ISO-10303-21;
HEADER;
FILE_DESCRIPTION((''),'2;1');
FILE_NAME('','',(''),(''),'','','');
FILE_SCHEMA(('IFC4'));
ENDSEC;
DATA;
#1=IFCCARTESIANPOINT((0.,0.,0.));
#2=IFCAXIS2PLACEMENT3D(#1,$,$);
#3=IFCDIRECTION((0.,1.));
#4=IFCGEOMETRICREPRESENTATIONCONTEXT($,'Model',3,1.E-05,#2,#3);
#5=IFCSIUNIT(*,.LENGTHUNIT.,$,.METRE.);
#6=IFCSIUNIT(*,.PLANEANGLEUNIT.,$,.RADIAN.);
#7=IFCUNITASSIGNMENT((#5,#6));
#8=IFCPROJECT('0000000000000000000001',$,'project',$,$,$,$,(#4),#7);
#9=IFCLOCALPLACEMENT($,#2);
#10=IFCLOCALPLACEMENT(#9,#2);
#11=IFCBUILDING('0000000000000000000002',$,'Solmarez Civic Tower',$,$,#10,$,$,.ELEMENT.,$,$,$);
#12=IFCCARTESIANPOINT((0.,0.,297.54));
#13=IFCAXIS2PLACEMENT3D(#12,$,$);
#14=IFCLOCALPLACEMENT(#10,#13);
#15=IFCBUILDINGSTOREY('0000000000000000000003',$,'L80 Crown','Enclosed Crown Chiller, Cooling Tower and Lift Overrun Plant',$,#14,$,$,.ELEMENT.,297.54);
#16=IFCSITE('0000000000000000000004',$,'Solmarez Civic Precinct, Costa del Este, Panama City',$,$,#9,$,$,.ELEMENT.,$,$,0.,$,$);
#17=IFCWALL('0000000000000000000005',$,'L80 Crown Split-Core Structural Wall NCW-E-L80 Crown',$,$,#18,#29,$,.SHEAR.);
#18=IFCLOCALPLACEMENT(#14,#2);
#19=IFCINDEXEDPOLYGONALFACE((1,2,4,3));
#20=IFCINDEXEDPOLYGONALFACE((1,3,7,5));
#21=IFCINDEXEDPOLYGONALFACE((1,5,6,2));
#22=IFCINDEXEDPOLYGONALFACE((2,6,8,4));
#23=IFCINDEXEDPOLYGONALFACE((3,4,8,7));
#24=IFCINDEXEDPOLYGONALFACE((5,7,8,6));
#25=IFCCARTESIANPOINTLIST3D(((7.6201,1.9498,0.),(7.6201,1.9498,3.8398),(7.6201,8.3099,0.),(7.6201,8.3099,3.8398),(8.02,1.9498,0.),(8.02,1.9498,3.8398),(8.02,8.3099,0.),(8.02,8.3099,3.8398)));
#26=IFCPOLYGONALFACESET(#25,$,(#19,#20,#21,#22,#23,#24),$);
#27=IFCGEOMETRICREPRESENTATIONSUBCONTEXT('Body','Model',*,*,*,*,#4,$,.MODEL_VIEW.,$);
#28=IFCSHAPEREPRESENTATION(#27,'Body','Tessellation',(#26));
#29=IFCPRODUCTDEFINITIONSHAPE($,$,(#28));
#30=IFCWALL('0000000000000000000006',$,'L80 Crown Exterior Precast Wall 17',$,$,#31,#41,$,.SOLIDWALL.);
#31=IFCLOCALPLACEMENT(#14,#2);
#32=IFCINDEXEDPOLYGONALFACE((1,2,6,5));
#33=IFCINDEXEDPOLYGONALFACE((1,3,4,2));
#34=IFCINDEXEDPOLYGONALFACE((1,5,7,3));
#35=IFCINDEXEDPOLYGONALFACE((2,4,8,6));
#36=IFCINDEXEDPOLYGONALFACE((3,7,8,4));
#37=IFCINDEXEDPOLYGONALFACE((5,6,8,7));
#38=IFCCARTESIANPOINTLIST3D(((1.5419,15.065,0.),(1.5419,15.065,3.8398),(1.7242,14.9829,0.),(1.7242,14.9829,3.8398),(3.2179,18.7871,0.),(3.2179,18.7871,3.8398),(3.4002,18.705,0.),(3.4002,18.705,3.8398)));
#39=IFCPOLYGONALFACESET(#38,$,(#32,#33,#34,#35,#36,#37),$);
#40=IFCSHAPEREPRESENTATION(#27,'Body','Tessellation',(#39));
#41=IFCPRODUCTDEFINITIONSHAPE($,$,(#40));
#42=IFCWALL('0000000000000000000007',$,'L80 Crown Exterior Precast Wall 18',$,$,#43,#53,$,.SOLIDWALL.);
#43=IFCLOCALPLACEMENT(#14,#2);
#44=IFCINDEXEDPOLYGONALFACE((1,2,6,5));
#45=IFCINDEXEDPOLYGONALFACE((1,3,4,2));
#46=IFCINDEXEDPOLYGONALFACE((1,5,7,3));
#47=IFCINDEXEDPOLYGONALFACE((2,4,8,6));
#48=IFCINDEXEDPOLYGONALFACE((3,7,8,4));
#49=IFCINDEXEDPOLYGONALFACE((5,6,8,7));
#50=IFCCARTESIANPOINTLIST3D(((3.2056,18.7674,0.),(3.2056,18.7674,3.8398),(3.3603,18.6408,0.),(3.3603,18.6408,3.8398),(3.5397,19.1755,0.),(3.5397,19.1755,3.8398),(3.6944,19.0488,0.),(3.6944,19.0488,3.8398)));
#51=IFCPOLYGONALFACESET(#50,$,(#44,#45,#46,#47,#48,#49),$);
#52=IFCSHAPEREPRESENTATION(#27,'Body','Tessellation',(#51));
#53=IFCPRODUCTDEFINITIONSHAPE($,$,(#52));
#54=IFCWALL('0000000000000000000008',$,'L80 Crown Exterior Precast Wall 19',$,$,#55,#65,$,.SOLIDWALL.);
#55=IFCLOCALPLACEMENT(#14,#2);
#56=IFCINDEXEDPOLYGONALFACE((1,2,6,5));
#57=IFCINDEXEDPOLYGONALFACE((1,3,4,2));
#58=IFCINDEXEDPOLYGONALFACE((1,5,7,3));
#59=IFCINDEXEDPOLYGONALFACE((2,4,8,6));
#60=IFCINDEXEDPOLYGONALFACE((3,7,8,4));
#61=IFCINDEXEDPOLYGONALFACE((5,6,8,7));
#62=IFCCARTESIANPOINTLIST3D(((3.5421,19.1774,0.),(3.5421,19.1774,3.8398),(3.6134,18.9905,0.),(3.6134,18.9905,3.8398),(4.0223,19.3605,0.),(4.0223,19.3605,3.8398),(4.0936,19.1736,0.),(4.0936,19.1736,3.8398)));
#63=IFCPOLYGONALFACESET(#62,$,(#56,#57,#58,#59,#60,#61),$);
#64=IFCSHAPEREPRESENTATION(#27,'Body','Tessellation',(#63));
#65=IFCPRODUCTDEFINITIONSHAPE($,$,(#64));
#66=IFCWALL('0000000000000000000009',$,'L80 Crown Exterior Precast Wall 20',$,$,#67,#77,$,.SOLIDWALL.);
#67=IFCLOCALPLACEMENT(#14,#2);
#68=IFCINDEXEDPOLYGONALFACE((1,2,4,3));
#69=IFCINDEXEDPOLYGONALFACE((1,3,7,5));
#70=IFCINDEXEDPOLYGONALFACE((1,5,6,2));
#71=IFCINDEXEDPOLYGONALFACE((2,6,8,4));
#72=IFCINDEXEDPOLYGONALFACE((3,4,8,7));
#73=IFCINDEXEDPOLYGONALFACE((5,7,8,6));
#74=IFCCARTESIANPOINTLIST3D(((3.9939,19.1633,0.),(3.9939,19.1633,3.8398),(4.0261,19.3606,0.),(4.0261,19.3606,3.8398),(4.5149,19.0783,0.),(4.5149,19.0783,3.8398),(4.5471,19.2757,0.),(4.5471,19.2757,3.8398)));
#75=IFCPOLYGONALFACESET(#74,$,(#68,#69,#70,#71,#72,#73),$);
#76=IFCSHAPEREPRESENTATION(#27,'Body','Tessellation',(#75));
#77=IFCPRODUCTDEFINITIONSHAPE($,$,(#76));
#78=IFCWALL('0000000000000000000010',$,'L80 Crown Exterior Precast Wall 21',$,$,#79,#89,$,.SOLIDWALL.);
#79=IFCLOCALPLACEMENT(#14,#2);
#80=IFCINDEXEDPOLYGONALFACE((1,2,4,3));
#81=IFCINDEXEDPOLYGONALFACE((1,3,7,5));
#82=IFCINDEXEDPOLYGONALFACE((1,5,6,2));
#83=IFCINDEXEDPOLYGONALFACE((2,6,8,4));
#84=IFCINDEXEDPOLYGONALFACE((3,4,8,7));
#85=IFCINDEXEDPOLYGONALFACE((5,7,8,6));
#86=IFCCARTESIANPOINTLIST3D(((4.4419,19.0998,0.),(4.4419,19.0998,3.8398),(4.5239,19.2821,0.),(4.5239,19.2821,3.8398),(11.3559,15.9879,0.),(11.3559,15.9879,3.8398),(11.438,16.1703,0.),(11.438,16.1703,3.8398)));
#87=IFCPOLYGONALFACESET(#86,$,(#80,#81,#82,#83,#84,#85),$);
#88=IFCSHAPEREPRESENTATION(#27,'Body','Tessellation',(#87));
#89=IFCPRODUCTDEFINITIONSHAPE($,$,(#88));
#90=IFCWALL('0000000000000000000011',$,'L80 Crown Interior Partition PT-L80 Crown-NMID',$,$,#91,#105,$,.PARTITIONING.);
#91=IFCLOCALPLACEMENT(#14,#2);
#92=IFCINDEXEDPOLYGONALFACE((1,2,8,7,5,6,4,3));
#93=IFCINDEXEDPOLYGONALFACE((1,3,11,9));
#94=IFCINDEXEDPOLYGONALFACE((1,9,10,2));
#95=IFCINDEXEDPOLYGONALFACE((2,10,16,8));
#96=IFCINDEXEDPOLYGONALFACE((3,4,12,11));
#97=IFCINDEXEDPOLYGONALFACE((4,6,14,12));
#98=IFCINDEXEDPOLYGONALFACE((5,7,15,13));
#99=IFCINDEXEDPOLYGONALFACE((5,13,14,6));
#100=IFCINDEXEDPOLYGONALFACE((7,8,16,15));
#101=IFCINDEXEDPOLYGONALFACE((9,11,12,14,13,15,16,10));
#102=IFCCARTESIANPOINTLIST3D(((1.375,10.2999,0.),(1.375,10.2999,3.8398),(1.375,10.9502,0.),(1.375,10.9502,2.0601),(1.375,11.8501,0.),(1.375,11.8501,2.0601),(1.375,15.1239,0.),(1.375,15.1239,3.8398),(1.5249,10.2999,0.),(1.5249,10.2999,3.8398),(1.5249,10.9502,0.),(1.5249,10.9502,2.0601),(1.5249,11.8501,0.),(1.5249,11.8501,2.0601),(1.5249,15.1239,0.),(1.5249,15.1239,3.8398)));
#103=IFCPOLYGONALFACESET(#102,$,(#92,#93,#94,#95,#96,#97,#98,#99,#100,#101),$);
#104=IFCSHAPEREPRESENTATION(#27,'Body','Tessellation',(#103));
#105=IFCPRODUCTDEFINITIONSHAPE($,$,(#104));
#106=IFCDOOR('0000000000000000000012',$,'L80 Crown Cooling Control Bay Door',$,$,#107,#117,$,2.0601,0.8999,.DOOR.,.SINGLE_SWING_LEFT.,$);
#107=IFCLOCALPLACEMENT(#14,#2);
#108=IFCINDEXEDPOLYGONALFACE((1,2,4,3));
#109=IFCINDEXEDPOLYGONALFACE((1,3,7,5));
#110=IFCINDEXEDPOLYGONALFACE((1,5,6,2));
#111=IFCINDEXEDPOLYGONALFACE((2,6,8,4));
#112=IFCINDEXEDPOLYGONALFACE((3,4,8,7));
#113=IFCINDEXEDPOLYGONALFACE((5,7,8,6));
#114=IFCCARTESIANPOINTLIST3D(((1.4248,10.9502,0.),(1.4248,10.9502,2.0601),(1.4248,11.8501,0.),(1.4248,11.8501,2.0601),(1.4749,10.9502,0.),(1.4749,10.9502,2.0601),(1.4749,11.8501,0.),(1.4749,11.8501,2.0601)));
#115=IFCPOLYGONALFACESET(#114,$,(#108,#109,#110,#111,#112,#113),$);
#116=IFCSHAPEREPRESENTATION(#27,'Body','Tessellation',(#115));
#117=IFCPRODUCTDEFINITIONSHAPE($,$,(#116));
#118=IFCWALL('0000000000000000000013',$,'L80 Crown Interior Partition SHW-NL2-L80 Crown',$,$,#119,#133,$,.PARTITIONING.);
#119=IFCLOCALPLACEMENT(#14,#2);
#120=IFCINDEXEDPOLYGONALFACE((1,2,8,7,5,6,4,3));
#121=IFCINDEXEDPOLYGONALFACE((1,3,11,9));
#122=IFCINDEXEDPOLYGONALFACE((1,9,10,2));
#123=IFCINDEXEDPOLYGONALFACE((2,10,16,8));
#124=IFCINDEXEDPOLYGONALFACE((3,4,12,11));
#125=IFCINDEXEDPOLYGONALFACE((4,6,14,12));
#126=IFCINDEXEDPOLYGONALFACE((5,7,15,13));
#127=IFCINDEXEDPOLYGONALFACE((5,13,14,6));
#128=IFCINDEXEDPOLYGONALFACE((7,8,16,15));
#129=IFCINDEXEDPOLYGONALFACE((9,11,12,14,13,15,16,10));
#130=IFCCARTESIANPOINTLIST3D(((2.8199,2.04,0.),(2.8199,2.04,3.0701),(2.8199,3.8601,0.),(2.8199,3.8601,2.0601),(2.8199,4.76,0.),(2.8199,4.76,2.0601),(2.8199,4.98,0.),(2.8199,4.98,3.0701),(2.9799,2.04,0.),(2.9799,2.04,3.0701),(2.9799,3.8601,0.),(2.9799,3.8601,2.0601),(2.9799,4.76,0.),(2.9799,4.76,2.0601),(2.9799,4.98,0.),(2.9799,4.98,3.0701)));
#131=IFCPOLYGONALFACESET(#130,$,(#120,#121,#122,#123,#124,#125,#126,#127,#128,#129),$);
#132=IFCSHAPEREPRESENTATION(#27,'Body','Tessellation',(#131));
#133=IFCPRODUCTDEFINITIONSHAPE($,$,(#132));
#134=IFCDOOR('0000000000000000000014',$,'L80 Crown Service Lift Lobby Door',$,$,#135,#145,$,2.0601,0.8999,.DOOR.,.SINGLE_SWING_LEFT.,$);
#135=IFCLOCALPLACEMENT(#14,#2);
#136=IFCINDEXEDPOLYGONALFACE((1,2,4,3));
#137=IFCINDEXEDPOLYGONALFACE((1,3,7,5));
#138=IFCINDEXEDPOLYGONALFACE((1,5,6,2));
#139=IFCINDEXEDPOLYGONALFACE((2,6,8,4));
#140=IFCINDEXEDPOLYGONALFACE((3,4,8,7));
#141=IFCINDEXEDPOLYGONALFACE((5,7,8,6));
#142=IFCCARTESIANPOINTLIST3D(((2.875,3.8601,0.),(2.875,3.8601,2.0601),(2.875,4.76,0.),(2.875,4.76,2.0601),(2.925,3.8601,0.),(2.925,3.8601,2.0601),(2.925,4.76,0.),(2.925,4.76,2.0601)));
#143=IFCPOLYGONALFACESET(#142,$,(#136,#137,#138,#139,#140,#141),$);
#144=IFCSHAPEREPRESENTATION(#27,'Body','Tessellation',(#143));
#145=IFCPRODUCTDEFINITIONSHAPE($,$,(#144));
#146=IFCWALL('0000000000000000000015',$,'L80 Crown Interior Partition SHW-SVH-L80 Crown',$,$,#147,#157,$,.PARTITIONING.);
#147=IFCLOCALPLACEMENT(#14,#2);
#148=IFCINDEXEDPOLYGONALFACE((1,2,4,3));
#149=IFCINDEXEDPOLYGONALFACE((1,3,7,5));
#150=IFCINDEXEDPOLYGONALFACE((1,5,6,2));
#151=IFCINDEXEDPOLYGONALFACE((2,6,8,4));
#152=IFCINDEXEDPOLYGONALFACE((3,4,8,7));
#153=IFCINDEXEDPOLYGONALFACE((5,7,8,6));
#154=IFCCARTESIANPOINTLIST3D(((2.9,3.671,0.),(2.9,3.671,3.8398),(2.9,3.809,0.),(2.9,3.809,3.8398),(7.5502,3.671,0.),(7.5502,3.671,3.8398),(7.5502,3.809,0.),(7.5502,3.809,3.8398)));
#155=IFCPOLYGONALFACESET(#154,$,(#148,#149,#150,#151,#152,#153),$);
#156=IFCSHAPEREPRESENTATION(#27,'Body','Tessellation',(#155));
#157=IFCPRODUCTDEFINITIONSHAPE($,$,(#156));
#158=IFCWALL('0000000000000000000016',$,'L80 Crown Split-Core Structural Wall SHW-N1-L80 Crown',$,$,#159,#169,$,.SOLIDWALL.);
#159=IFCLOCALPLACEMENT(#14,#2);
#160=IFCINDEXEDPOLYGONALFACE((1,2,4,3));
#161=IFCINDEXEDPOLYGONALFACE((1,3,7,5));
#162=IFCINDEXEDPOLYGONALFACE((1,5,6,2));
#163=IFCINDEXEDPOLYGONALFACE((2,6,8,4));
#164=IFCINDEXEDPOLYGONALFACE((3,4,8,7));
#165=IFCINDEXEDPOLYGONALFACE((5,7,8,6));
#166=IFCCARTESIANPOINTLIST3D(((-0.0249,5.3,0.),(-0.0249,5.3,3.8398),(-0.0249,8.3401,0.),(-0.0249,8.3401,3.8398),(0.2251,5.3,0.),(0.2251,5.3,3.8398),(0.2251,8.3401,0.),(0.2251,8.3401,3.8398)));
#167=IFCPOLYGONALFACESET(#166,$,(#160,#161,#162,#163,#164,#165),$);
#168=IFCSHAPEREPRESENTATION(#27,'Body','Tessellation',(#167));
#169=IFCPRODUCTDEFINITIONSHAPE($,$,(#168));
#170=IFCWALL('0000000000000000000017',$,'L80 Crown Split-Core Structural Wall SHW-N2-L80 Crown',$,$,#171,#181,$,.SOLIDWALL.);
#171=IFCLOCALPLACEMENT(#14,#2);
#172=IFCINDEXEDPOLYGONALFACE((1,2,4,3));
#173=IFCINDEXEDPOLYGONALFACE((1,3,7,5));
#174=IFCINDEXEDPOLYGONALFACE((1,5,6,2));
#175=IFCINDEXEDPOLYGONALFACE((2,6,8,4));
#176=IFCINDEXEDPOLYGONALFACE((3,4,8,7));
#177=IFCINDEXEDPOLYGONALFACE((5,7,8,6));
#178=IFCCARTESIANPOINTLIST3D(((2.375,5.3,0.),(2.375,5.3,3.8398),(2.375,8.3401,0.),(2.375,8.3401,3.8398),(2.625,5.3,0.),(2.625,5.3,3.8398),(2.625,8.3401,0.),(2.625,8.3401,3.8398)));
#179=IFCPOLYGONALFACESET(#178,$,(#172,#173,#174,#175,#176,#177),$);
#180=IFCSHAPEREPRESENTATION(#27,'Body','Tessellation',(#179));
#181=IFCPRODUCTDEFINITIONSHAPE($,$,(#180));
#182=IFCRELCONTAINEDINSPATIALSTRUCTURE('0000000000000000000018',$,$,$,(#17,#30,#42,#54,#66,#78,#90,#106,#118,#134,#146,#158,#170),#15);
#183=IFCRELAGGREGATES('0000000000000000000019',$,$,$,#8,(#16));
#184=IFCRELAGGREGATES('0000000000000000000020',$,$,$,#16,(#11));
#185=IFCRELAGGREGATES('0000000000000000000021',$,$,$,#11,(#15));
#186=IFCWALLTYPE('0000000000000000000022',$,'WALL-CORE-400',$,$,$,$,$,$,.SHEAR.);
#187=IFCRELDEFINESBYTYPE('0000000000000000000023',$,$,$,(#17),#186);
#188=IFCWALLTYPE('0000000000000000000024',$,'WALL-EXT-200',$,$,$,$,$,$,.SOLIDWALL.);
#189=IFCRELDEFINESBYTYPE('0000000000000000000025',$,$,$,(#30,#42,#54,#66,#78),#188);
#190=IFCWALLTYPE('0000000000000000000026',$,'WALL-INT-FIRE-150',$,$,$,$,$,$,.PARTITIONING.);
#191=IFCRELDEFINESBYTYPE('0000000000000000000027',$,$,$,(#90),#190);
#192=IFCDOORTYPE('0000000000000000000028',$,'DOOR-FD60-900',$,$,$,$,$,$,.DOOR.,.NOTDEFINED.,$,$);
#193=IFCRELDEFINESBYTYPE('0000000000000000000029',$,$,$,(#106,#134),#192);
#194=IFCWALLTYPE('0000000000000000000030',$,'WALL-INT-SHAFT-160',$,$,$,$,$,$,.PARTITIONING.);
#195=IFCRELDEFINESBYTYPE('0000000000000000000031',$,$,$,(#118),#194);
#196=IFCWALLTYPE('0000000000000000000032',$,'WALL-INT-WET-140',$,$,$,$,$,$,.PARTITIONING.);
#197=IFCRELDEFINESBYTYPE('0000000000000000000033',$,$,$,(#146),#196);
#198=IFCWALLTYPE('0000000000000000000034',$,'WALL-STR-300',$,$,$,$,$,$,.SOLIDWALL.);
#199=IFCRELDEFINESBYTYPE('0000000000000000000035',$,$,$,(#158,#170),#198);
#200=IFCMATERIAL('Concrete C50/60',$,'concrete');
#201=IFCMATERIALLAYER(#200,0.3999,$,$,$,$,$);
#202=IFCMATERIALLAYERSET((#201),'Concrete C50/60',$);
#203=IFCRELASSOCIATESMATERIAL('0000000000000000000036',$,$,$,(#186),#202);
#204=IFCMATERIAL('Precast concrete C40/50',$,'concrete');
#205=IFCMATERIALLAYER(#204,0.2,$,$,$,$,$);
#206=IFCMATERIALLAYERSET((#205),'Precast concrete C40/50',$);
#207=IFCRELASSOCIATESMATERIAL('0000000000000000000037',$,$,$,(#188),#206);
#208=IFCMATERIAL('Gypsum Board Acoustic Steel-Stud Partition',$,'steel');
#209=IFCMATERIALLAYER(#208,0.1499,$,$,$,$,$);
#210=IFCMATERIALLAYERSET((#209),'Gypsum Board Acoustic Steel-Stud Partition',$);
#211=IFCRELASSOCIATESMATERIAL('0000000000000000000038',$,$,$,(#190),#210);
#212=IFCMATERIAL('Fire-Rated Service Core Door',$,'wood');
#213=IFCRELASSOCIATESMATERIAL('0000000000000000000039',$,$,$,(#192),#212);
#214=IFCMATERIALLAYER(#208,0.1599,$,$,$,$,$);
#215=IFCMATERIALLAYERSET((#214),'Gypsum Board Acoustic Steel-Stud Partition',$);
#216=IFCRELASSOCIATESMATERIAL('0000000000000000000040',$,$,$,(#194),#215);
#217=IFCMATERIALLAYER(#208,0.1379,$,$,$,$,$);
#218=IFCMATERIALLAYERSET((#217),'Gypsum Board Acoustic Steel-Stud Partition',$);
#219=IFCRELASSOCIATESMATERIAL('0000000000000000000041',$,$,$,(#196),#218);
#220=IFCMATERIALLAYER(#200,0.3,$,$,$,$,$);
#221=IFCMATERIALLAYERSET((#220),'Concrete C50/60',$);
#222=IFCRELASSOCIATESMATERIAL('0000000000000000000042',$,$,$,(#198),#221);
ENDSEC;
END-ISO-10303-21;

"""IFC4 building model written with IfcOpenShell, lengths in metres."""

from ifc_helpers import new_model, si_unit, direction, frame, frame_2d, origin, place, context, subcontext, project, spatial, rectangle, extrude, material, layer, layer_set, type_object, element, fill, save


model = new_model("IFC4")

# Units and contexts
model_context = context("Model", 3, precision=1e-05, world=origin(), true_north=direction((0.0, 1.0)))
body_context = subcontext(model_context, "Body", "Model", "MODEL_VIEW")
ifc_project = project(units=[si_unit("LENGTHUNIT", "METRE"), si_unit("PLANEANGLEUNIT", "RADIAN")], contexts=[model_context])

# Site, building, storey
site_placement = place(None, origin())
site = spatial("IfcSite", under=ifc_project, at=site_placement, Name="Solmarez Civic Precinct, Costa del Este, Panama City", CompositionType="ELEMENT", RefElevation=0.0)
building_placement = place(site_placement, origin())
building = spatial("IfcBuilding", under=site, at=building_placement, Name="Solmarez Civic Tower", CompositionType="ELEMENT")
storey_placement = place(building_placement, frame((0.0, 0.0, 297.54)))
storey = spatial("IfcBuildingStorey", under=building, at=storey_placement, Name="L80 Crown", Description="Enclosed Crown Chiller, Cooling Tower and Lift Overrun Plant", CompositionType="ELEMENT", Elevation=297.54)

# Walls
ifc_material_1 = material(Name="Concrete C50/60", Category="concrete")
ifc_layer_1 = layer(ifc_material_1, 0.3999)
ifc_layer_set_1 = layer_set([ifc_layer_1], Name="Concrete C50/60")
wall_type_1 = type_object("IfcWallType", Name="WALL-CORE-400", PredefinedType="SHEAR", material=ifc_layer_set_1)
wall_1_placement = place(storey_placement, frame((7.8201, 8.3101, 0.0), z_axis=(0.0, 0.0, 1.0), x_axis=(0.0, -1.0, 0.0)))
element("IfcWall", 1, at=wall_1_placement, inside=storey, type_object=wall_type_1, Name="L80 Crown Split-Core Structural Wall NCW-E-L80 Crown", PredefinedType="SHEAR", context=body_context, shape_type="SweptSolid", body=[
    extrude(rectangle(XDim=6.3601, YDim=0.3999, at=frame_2d((3.1802, 0.0))), origin(), (0.0, 0.0, 1.0), 3.8398),
])
ifc_material_2 = material(Name="Precast concrete C40/50", Category="concrete")
ifc_layer_2 = layer(ifc_material_2, 0.2)
ifc_layer_set_2 = layer_set([ifc_layer_2], Name="Precast concrete C40/50")
wall_type_2 = type_object("IfcWallType", Name="WALL-EXT-200", PredefinedType="SOLIDWALL", material=ifc_layer_set_2)
wall_2_placement = place(storey_placement, frame((1.6331, 15.0239, 0.0), z_axis=(0.0, 0.0, 1.0), x_axis=(0.410579, 0.911825, 0.0)))
element("IfcWall", 2, at=wall_2_placement, inside=storey, type_object=wall_type_2, Name="L80 Crown Exterior Precast Wall 17", PredefinedType="SOLIDWALL", context=body_context, shape_type="SweptSolid", body=[
    extrude(rectangle(XDim=4.082, YDim=0.2, at=frame_2d((2.041, 0.0))), origin(), (0.0, 0.0, 1.0), 3.8398),
])
wall_3_placement = place(storey_placement, frame((3.283, 18.7041, 0.0), z_axis=(0.0, 0.0, 1.0), x_axis=(0.633465, 0.773772, 0.0)))
element("IfcWall", 3, at=wall_3_placement, inside=storey, type_object=wall_type_2, Name="L80 Crown Exterior Precast Wall 18", PredefinedType="SOLIDWALL", context=body_context, shape_type="SweptSolid", body=[
    extrude(rectangle(XDim=0.5273, YDim=0.2, at=frame_2d((0.2637, 0.0))), origin(), (0.0, 0.0, 1.0), 3.8398),
])
wall_4_placement = place(storey_placement, frame((3.5779, 19.084, 0.0), z_axis=(0.0, 0.0, 1.0), x_axis=(0.934382, 0.356272, 0.0)))
element("IfcWall", 4, at=wall_4_placement, inside=storey, type_object=wall_type_2, Name="L80 Crown Exterior Precast Wall 19", PredefinedType="SOLIDWALL", context=body_context, shape_type="SweptSolid", body=[
    extrude(rectangle(XDim=0.5139, YDim=0.2, at=frame_2d((0.2568, 0.0))), origin(), (0.0, 0.0, 1.0), 3.8398),
])
wall_5_placement = place(storey_placement, frame((4.01, 19.262, 0.0), z_axis=(0.0, 0.0, 1.0), x_axis=(0.986963, -0.160948, 0.0)))
element("IfcWall", 5, at=wall_5_placement, inside=storey, type_object=wall_type_2, Name="L80 Crown Exterior Precast Wall 20", PredefinedType="SOLIDWALL", context=body_context, shape_type="SweptSolid", body=[
    extrude(rectangle(XDim=0.5278, YDim=0.2, at=frame_2d((0.2639, 0.0))), origin(), (0.0, 0.0, 1.0), 3.8398),
])
wall_6_placement = place(storey_placement, frame((4.4829, 19.1909, 0.0), z_axis=(0.0, 0.0, 1.0), x_axis=(0.911897, -0.410418, 0.0)))
element("IfcWall", 6, at=wall_6_placement, inside=storey, type_object=wall_type_2, Name="L80 Crown Exterior Precast Wall 21", PredefinedType="SOLIDWALL", context=body_context, shape_type="SweptSolid", body=[
    extrude(rectangle(XDim=7.582, YDim=0.2, at=frame_2d((3.791, 0.0))), origin(), (0.0, 0.0, 1.0), 3.8398),
])

# Walls, openings, doors
ifc_material_3 = material(Name="Gypsum Board Acoustic Steel-Stud Partition", Category="steel")
ifc_layer_3 = layer(ifc_material_3, 0.1499)
ifc_layer_set_3 = layer_set([ifc_layer_3], Name="Gypsum Board Acoustic Steel-Stud Partition")
wall_type_3 = type_object("IfcWallType", Name="WALL-INT-FIRE-150", PredefinedType="PARTITIONING", material=ifc_layer_set_3)
wall_7_placement = place(storey_placement, frame((1.45, 15.124, 0.0), z_axis=(0.0, 0.0, 1.0), x_axis=(0.0, -1.0, 0.0)))
wall_7 = element("IfcWall", 7, at=wall_7_placement, inside=storey, type_object=wall_type_3, Name="L80 Crown Interior Partition PT-L80 Crown-NMID", PredefinedType="PARTITIONING", context=body_context, shape_type="SweptSolid", body=[
    extrude(rectangle(XDim=4.824, YDim=0.1499, at=frame_2d((2.4121, 0.0))), origin(), (0.0, 0.0, 1.0), 3.8398),
])
opening_1_placement = place(wall_7_placement, frame((3.2739, 0.0, 0.0)))
opening_1 = element("IfcOpeningElement", 8, at=opening_1_placement, cuts=wall_7, PredefinedType="OPENING", context=body_context, shape_type="SweptSolid", body=[
    extrude(rectangle(XDim=0.8999, YDim=2.0601, at=frame_2d((0.45, 1.03))), frame((0.0, 0.085, 0.0), z_axis=(0.0, -1.0, 0.0), x_axis=(1.0, 0.0, 0.0)), (0.0, 0.0, 1.0), 0.1699),
])
ifc_material_4 = material(Name="Fire-Rated Service Core Door", Category="wood")
door_type_1 = type_object("IfcDoorType", Name="DOOR-FD60-900", OperationType="NOTDEFINED", PredefinedType="DOOR", material=ifc_material_4)
door_1_placement = place(opening_1_placement, origin())
door_1 = element("IfcDoor", 9, at=door_1_placement, inside=storey, type_object=door_type_1, Name="L80 Crown Cooling Control Bay Door", OperationType="SINGLE_SWING_LEFT", OverallHeight=2.0601, OverallWidth=0.8999, PredefinedType="DOOR", context=body_context, shape_type="SweptSolid", body=[
    extrude(rectangle(XDim=0.8999, YDim=2.0601, at=frame_2d((0.45, 1.03))), frame((0.0, 0.0249, 0.0), z_axis=(0.0, -1.0, 0.0), x_axis=(1.0, 0.0, 0.0)), (0.0, 0.0, 1.0), 0.05),
])
fill(opening_1, door_1)
ifc_layer_4 = layer(ifc_material_3, 0.1599)
ifc_layer_set_4 = layer_set([ifc_layer_4], Name="Gypsum Board Acoustic Steel-Stud Partition")
wall_type_4 = type_object("IfcWallType", Name="WALL-INT-SHAFT-160", PredefinedType="PARTITIONING", material=ifc_layer_set_4)
wall_8_placement = place(storey_placement, frame((2.8999, 2.04, 0.0), z_axis=(0.0, 0.0, 1.0), x_axis=(0.0, 1.0, 0.0)))
wall_8 = element("IfcWall", 10, at=wall_8_placement, inside=storey, type_object=wall_type_4, Name="L80 Crown Interior Partition SHW-NL2-L80 Crown", PredefinedType="PARTITIONING", context=body_context, shape_type="SweptSolid", body=[
    extrude(rectangle(XDim=2.9399, YDim=0.1599, at=frame_2d((1.47, 0.0))), origin(), (0.0, 0.0, 1.0), 3.0701),
])
opening_2_placement = place(wall_8_placement, frame((1.8201, 0.0, 0.0)))
opening_2 = element("IfcOpeningElement", 11, at=opening_2_placement, cuts=wall_8, PredefinedType="OPENING", context=body_context, shape_type="SweptSolid", body=[
    extrude(rectangle(XDim=0.8999, YDim=2.0601, at=frame_2d((0.45, 1.03))), frame((0.0, 0.0898, 0.0), z_axis=(0.0, -1.0, 0.0), x_axis=(1.0, 0.0, 0.0)), (0.0, 0.0, 1.0), 0.1799),
])
door_2_placement = place(opening_2_placement, origin())
door_2 = element("IfcDoor", 12, at=door_2_placement, inside=storey, type_object=door_type_1, Name="L80 Crown Service Lift Lobby Door", OperationType="SINGLE_SWING_LEFT", OverallHeight=2.0601, OverallWidth=0.8999, PredefinedType="DOOR", context=body_context, shape_type="SweptSolid", body=[
    extrude(rectangle(XDim=0.8999, YDim=2.0601, at=frame_2d((0.45, 1.03))), frame((0.0, 0.0249, 0.0), z_axis=(0.0, -1.0, 0.0), x_axis=(1.0, 0.0, 0.0)), (0.0, 0.0, 1.0), 0.05),
])
fill(opening_2, door_2)

# Wall
ifc_layer_5 = layer(ifc_material_3, 0.1379)
ifc_layer_set_5 = layer_set([ifc_layer_5], Name="Gypsum Board Acoustic Steel-Stud Partition")
wall_type_5 = type_object("IfcWallType", Name="WALL-INT-WET-140", PredefinedType="PARTITIONING", material=ifc_layer_set_5)
wall_9_placement = place(storey_placement, frame((2.8999, 3.74, 0.0), z_axis=(0.0, 0.0, 1.0), x_axis=(1.0, 0.0, 0.0)))
element("IfcWall", 13, at=wall_9_placement, inside=storey, type_object=wall_type_5, Name="L80 Crown Interior Partition SHW-SVH-L80 Crown", PredefinedType="PARTITIONING", context=body_context, shape_type="SweptSolid", body=[
    extrude(rectangle(XDim=4.6501, YDim=0.1379, at=frame_2d((2.3252, 0.0))), origin(), (0.0, 0.0, 1.0), 3.8398),
])

# Shared definitions
ifc_layer_6 = layer(ifc_material_1, 0.3)
ifc_layer_set_6 = layer_set([ifc_layer_6], Name="Concrete C50/60")
wall_type_6 = type_object("IfcWallType", Name="WALL-STR-300", PredefinedType="SOLIDWALL", material=ifc_layer_set_6)

# Walls
for number, where, z_axis, x_axis, name in (
    (14, (0.1001, 5.3, 0.0), (0.0, 0.0, 1.0), (0.0, 1.0, 0.0), "L80 Crown Split-Core Structural Wall SHW-N1-L80 Crown"),
    (15, (2.5, 5.3, 0.0), (0.0, 0.0, 1.0), (0.0, 1.0, 0.0), "L80 Crown Split-Core Structural Wall SHW-N2-L80 Crown"),
):
    element("IfcWall", number, at=place(storey_placement, frame(where, z_axis=z_axis, x_axis=x_axis)), inside=storey, type_object=wall_type_6, Name=name, PredefinedType="SOLIDWALL", context=body_context, shape_type="SweptSolid", body=[
        extrude(rectangle(XDim=3.04, YDim=0.25, at=frame_2d((1.52, 0.0))), origin(), (0.0, 0.0, 1.0), 3.8398),
    ])

save(model, "model.ifc")
